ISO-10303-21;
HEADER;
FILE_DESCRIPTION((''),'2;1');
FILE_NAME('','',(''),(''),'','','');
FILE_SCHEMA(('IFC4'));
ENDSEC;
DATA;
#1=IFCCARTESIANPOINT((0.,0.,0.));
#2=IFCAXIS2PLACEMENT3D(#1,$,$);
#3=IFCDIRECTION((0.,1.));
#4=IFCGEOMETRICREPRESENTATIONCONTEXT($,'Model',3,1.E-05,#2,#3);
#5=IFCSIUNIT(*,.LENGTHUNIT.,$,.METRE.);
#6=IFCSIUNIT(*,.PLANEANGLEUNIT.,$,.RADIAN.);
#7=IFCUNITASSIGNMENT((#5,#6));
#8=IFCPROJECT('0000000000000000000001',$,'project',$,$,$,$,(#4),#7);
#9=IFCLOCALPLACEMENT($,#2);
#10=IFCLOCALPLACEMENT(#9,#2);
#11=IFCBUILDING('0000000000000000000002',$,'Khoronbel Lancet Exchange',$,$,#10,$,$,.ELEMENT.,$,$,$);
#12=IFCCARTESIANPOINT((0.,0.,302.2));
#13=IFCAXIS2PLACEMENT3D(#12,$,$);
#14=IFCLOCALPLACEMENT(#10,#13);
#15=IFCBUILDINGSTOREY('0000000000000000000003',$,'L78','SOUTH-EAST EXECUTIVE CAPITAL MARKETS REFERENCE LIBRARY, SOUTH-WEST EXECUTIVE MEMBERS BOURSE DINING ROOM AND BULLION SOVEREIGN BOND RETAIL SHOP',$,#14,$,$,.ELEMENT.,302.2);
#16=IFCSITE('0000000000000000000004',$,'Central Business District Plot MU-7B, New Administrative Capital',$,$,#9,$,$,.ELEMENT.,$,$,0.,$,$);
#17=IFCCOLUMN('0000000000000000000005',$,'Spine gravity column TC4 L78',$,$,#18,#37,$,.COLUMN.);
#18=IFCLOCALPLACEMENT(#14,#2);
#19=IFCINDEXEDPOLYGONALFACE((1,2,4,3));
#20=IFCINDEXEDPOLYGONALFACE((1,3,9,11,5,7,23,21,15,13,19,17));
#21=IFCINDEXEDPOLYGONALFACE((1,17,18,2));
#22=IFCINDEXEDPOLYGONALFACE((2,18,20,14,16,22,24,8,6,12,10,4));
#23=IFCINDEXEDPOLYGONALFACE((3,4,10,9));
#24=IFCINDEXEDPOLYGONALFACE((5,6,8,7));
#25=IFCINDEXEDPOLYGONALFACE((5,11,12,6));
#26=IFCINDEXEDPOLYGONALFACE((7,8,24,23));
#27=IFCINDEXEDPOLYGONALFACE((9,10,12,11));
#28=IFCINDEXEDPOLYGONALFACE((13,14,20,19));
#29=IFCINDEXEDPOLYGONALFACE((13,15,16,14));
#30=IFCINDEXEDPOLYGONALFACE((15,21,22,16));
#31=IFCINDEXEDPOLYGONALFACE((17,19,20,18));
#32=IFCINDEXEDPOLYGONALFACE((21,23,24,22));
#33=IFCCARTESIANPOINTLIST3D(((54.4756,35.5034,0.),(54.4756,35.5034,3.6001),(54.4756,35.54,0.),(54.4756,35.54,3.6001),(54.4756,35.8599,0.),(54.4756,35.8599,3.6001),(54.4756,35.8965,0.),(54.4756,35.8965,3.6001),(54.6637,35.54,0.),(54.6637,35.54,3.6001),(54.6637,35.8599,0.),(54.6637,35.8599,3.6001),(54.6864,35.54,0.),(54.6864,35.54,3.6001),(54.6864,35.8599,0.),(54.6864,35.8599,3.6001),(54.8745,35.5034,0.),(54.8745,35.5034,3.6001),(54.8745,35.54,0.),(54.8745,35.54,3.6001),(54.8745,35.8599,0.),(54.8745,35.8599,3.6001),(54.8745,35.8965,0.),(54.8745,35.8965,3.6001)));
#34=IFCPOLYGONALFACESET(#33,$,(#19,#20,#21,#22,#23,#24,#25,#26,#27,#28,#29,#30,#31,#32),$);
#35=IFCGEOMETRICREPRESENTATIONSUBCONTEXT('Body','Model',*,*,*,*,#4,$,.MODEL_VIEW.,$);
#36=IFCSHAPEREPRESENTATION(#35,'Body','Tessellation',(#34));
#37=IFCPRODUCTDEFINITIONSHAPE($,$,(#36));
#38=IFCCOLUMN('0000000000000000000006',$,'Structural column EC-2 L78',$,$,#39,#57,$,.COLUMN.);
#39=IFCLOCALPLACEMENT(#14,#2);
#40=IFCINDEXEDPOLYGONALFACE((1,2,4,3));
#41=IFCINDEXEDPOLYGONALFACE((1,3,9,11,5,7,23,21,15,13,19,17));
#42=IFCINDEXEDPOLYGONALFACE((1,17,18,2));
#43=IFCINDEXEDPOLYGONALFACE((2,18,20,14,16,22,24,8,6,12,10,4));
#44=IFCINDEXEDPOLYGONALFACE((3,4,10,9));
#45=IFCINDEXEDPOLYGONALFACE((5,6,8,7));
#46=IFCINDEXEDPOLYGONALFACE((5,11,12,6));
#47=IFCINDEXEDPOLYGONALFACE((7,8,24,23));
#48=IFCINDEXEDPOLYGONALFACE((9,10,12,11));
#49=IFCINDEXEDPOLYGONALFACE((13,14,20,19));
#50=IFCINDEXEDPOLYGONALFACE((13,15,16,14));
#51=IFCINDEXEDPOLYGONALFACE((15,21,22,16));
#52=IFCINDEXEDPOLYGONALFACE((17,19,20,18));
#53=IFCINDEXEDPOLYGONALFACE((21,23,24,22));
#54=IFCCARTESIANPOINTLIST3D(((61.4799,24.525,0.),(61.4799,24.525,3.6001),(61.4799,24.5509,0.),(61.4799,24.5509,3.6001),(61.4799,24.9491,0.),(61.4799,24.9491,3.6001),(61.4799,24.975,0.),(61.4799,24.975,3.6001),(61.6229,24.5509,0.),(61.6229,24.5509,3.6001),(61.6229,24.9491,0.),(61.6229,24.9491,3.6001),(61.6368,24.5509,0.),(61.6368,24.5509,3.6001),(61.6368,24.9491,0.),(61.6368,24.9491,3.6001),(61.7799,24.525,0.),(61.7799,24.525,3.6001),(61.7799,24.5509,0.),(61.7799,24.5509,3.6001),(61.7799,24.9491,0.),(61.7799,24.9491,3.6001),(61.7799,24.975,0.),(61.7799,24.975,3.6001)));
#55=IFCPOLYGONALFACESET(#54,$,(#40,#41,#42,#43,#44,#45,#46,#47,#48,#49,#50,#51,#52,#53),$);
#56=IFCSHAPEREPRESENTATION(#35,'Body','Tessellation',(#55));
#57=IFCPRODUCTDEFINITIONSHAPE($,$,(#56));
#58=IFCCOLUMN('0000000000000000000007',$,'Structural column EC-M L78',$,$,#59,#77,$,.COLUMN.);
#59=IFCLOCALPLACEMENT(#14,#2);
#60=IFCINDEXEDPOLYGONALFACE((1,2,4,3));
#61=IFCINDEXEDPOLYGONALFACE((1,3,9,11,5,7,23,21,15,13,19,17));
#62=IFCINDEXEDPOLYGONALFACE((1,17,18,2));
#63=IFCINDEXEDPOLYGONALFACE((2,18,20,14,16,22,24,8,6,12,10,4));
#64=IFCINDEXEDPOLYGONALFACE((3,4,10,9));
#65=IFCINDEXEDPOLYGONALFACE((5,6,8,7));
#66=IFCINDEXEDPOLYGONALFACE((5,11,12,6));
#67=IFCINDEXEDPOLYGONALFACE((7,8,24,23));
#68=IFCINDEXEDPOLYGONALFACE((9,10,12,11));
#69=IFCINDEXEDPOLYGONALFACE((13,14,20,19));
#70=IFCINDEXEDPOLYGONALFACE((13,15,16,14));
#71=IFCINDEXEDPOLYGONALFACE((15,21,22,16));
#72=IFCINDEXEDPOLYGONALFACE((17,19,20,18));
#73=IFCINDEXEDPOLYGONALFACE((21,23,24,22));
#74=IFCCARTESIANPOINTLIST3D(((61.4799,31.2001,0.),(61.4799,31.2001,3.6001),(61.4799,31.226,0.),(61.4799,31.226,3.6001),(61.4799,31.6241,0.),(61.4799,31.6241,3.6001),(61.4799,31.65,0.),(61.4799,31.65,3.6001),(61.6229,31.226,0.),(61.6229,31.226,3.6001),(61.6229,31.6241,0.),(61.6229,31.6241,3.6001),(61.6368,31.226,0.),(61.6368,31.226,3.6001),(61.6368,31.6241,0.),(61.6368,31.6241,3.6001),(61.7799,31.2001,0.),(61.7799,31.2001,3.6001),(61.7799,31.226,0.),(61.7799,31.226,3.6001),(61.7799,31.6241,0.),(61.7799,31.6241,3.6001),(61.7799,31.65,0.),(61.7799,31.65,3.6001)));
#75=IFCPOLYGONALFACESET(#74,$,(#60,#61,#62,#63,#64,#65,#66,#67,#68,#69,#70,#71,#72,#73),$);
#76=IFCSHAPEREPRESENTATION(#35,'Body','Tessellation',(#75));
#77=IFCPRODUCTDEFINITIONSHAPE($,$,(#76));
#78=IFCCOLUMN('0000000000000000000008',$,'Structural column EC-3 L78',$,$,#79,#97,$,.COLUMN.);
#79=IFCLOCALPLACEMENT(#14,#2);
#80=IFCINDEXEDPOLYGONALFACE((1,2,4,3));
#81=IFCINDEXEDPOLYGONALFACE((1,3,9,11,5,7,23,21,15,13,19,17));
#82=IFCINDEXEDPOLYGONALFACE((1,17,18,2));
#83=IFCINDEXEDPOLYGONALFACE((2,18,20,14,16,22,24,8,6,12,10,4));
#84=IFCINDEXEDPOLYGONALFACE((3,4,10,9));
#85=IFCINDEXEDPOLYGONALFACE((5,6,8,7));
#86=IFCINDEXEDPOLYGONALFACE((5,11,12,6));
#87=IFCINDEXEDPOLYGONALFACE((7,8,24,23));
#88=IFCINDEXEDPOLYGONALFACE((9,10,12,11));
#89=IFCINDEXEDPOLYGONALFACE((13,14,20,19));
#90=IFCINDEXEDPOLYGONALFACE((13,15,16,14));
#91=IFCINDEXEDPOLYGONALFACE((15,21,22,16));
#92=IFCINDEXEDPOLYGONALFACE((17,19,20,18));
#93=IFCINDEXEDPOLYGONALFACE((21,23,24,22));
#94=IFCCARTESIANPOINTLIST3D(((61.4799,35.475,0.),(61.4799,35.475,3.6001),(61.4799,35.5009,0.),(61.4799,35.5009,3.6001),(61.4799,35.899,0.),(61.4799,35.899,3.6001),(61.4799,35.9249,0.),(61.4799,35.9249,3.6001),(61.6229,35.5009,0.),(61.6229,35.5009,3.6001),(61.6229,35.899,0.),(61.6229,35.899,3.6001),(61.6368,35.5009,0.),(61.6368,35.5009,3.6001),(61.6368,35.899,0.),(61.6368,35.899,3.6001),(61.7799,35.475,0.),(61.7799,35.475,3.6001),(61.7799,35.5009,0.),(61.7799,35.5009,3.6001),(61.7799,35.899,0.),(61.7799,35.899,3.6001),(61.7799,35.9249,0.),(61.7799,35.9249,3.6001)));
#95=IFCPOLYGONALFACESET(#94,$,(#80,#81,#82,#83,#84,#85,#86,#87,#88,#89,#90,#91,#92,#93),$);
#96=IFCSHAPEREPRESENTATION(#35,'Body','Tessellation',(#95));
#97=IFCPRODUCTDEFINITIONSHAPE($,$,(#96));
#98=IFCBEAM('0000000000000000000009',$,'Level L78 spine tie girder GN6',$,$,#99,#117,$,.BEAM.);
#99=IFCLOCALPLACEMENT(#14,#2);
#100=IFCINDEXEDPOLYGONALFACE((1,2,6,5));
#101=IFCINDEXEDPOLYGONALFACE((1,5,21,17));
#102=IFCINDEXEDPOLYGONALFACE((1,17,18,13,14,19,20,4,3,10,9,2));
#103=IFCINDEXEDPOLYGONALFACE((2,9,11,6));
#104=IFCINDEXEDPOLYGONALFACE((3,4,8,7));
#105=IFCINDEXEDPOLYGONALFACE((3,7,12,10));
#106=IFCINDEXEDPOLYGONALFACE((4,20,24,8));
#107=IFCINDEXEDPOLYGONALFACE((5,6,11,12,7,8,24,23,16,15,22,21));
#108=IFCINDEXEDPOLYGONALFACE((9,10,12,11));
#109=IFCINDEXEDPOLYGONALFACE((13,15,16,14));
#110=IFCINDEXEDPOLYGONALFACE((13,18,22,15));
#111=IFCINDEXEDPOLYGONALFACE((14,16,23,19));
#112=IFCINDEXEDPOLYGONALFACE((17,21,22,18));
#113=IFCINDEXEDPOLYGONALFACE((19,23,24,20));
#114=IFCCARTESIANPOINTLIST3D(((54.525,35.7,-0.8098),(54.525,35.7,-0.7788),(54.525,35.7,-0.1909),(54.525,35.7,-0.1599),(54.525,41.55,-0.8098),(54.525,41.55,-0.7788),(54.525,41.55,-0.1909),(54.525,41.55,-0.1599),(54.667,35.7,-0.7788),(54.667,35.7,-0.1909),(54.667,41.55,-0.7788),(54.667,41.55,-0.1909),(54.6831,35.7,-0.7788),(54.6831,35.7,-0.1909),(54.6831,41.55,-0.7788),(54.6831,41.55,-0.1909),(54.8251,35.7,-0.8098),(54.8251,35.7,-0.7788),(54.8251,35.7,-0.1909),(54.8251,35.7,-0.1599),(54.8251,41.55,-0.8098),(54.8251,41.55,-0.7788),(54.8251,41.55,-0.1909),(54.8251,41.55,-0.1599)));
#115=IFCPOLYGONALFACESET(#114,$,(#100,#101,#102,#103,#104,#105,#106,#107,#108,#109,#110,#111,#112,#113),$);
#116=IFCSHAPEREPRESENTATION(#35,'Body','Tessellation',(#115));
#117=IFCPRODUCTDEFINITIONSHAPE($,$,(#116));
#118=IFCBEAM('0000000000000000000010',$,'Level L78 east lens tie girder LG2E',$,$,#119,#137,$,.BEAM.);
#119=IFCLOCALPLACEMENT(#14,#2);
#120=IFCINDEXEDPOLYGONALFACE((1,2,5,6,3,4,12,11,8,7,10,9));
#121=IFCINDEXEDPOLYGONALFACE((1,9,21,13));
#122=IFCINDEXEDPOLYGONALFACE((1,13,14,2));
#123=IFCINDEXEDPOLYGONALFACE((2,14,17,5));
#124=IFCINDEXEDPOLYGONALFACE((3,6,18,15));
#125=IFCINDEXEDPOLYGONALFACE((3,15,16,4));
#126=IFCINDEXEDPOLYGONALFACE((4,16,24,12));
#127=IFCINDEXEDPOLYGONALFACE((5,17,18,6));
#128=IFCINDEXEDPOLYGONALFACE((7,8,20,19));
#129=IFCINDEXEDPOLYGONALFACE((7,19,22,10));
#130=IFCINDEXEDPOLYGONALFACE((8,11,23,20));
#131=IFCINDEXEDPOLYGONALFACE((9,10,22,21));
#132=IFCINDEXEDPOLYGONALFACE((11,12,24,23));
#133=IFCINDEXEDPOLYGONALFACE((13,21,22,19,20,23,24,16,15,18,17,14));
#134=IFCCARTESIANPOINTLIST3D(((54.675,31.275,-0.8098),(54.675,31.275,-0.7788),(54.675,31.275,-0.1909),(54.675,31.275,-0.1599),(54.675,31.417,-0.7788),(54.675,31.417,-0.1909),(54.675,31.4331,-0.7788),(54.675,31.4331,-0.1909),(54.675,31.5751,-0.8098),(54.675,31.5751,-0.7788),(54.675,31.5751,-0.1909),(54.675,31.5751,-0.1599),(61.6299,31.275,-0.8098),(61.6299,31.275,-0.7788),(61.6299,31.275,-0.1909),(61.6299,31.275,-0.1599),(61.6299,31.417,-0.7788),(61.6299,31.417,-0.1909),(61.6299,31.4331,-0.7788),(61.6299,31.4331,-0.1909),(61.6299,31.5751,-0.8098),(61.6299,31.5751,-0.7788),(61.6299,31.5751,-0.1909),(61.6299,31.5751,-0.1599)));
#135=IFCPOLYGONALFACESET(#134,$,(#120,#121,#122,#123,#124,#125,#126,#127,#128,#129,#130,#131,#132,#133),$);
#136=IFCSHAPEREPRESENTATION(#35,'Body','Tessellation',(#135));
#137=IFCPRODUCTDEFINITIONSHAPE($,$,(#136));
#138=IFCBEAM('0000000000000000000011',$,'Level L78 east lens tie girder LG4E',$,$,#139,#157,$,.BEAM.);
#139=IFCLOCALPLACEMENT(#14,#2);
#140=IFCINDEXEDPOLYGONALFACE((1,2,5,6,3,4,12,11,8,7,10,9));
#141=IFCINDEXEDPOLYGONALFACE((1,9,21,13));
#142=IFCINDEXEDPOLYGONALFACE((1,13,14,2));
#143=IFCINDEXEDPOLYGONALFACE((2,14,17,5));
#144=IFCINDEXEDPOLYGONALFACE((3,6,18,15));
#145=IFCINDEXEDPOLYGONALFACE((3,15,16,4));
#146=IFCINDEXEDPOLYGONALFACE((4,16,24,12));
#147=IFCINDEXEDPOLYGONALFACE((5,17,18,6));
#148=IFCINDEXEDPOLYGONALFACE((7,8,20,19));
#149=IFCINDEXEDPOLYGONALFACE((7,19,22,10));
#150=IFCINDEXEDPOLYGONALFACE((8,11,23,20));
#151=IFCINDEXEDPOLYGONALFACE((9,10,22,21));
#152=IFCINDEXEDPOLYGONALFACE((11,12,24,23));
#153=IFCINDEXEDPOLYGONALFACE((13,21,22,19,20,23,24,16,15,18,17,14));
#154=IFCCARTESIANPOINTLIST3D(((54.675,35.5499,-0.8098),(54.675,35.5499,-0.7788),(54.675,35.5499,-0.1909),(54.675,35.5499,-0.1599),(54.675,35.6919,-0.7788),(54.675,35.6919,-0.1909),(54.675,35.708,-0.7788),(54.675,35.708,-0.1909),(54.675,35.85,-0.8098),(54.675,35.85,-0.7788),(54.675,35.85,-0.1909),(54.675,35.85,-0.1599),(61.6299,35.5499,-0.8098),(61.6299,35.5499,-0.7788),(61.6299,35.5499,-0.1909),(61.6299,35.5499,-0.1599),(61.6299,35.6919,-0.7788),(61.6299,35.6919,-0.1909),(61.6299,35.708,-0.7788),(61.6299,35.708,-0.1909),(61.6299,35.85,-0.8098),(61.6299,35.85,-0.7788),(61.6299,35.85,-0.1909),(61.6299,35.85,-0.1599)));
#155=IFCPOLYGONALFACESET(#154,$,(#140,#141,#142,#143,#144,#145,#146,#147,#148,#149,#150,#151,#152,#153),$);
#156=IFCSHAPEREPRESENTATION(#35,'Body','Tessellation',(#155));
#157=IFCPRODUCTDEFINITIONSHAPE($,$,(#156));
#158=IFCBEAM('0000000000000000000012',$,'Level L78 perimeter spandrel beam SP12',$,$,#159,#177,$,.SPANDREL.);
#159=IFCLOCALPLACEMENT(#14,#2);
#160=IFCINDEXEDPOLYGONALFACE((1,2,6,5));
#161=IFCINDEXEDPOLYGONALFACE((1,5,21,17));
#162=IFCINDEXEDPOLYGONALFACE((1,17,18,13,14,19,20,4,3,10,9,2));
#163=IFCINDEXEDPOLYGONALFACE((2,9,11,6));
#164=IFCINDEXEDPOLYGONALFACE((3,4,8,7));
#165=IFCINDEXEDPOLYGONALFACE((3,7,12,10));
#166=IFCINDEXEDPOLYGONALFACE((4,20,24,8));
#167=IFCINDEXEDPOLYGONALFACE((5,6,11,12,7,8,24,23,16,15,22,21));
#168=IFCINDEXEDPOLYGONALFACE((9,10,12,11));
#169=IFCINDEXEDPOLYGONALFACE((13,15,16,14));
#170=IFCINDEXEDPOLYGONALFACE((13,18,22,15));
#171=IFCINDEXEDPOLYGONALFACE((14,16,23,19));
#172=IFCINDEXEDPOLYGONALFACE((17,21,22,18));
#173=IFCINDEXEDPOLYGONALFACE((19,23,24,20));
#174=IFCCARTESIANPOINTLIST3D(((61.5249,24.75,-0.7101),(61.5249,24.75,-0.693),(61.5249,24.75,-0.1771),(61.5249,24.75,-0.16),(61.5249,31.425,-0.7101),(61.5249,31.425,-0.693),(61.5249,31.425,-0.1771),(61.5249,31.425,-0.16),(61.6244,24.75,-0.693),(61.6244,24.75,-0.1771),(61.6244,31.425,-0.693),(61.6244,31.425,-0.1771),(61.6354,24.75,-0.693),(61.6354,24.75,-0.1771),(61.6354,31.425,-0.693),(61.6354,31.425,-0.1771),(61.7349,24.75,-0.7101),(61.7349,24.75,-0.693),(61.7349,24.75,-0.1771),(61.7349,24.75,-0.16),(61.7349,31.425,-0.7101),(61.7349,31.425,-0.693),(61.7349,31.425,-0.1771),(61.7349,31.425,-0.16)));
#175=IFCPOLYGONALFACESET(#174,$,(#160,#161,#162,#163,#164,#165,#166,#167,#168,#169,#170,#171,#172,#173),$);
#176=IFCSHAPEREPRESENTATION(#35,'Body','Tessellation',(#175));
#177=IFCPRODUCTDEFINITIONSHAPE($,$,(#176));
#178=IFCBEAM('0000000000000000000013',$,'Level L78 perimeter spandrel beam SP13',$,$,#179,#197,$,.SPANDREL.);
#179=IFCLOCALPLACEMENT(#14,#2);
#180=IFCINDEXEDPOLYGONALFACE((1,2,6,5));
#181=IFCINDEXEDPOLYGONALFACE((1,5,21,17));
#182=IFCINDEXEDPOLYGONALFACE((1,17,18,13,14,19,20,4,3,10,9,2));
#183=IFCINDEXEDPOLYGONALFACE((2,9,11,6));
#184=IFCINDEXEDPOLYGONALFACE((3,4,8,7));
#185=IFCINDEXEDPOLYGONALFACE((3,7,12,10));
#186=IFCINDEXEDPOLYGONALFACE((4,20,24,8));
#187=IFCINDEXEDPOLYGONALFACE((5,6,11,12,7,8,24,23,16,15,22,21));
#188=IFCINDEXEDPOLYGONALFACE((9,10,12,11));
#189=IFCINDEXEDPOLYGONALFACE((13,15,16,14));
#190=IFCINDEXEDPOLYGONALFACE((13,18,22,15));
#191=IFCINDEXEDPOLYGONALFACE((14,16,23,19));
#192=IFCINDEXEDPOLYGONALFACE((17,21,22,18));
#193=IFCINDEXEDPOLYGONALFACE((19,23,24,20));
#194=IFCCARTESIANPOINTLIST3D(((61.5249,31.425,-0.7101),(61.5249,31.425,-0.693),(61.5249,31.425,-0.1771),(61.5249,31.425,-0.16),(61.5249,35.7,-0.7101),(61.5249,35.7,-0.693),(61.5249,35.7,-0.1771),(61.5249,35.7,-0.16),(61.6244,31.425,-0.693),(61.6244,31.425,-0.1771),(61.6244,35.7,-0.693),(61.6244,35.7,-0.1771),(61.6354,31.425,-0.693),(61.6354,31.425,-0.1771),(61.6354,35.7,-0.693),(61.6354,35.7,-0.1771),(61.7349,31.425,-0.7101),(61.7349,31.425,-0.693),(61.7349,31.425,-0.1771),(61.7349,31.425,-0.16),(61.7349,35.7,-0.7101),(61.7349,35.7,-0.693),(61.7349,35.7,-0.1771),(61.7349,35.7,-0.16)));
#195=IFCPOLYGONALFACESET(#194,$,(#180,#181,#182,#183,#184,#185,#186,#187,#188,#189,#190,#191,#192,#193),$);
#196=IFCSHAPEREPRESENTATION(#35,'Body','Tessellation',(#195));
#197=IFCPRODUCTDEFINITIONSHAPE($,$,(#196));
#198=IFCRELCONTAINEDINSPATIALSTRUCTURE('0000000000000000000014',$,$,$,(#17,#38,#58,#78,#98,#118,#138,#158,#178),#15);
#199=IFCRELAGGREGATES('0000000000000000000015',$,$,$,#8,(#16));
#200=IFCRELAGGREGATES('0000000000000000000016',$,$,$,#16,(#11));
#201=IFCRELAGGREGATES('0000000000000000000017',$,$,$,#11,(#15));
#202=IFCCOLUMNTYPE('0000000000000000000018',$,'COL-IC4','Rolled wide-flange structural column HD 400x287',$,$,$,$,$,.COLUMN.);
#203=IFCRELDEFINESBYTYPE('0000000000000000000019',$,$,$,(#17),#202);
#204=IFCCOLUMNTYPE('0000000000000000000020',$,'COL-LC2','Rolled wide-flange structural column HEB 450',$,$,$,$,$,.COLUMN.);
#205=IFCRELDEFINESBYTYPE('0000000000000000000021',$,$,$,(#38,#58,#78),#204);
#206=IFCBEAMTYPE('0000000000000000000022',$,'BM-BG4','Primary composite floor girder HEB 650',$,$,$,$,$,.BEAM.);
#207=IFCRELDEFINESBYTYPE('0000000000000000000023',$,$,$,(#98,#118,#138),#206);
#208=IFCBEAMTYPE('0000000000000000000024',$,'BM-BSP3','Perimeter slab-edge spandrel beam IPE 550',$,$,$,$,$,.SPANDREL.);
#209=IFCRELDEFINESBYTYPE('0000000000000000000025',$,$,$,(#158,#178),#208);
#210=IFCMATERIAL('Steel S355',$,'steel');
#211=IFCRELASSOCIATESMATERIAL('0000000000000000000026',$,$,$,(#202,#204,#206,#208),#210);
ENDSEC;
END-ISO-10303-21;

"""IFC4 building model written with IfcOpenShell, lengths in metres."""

from ifc_helpers import new_model, si_unit, direction, frame, origin, origin_2d, place, context, subcontext, project, spatial, i_section, extrude, material, material_profile, profile_set, type_object, element, save


model = new_model("IFC4")

# Units and contexts
model_context = context("Model", 3, precision=1e-05, world=origin(), true_north=direction((0.0, 1.0)))
body_context = subcontext(model_context, "Body", "Model", "MODEL_VIEW")
ifc_project = project(units=[si_unit("LENGTHUNIT", "METRE"), si_unit("PLANEANGLEUNIT", "RADIAN")], contexts=[model_context])

# Site, building, storey
site_placement = place(None, origin())
site = spatial("IfcSite", under=ifc_project, at=site_placement, Name="Central Business District Plot MU-7B, New Administrative Capital", CompositionType="ELEMENT", RefElevation=0.0)
building_placement = place(site_placement, origin())
building = spatial("IfcBuilding", under=site, at=building_placement, Name="Khoronbel Lancet Exchange", CompositionType="ELEMENT")
storey_placement = place(building_placement, frame((0.0, 0.0, 302.2)))
storey = spatial("IfcBuildingStorey", under=building, at=storey_placement, Name="L78", Description="SOUTH-EAST EXECUTIVE CAPITAL MARKETS REFERENCE LIBRARY, SOUTH-WEST EXECUTIVE MEMBERS BOURSE DINING ROOM AND BULLION SOVEREIGN BOND RETAIL SHOP", CompositionType="ELEMENT", Elevation=302.2)

# Columns
ifc_material_1 = material(Name="Steel S355", Category="steel")
ifc_material_profile_1 = material_profile(ifc_material_1, i_section(OverallWidth=0.3989, OverallDepth=0.3931, WebThickness=0.0227, FlangeThickness=0.0366, at=origin_2d()), Name="HD 400x287")
ifc_profile_set_1 = profile_set([ifc_material_profile_1], Name="Steel S355")
column_type_1 = type_object("IfcColumnType", Name="COL-IC4", Description="Rolled wide-flange structural column HD 400x287", PredefinedType="COLUMN", material=ifc_profile_set_1)
column_placement = place(storey_placement, frame((54.675, 35.7, 0.0), z_axis=(0.0, 0.0, 1.0), x_axis=(1.0, 0.0, 0.0)))
element("IfcColumn", 1, at=column_placement, inside=storey, type_object=column_type_1, Name="Spine gravity column TC4 L78", PredefinedType="COLUMN", context=body_context, shape_type="SweptSolid", body=[
    extrude(i_section(OverallWidth=0.3989, OverallDepth=0.3931, WebThickness=0.0227, FlangeThickness=0.0366, at=origin_2d()), origin(), (0.0, 0.0, 1.0), 3.6001),
])
ifc_material_profile_2 = material_profile(ifc_material_1, i_section(OverallWidth=0.3, OverallDepth=0.45, WebThickness=0.0139, FlangeThickness=0.0259, at=origin_2d()), Name="HEB 450")
ifc_profile_set_2 = profile_set([ifc_material_profile_2], Name="Steel S355")
column_type_2 = type_object("IfcColumnType", Name="COL-LC2", Description="Rolled wide-flange structural column HEB 450", PredefinedType="COLUMN", material=ifc_profile_set_2)
for number, where, z_axis, x_axis, name in (
    (2, (61.6299, 24.75, 0.0), (0.0, 0.0, 1.0), (1.0, 0.0, 0.0), "Structural column EC-2 L78"),
    (3, (61.6299, 31.425, 0.0), (0.0, 0.0, 1.0), (1.0, 0.0, 0.0), "Structural column EC-M L78"),
    (4, (61.6299, 35.7, 0.0), (0.0, 0.0, 1.0), (1.0, 0.0, 0.0), "Structural column EC-3 L78"),
):
    element("IfcColumn", number, at=place(storey_placement, frame(where, z_axis=z_axis, x_axis=x_axis)), inside=storey, type_object=column_type_2, Name=name, PredefinedType="COLUMN", context=body_context, shape_type="SweptSolid", body=[
        extrude(i_section(OverallWidth=0.3, OverallDepth=0.45, WebThickness=0.0139, FlangeThickness=0.0259, at=origin_2d()), origin(), (0.0, 0.0, 1.0), 3.6001),
    ])

# Beams
ifc_material_profile_3 = material_profile(ifc_material_1, i_section(OverallWidth=0.3, OverallDepth=0.6499, WebThickness=0.0161, FlangeThickness=0.031, at=origin_2d()), Name="HEB 650")
ifc_profile_set_3 = profile_set([ifc_material_profile_3], Name="Steel S355")
beam_type_1 = type_object("IfcBeamType", Name="BM-BG4", Description="Primary composite floor girder HEB 650", PredefinedType="BEAM", material=ifc_profile_set_3)
beam_1_placement = place(storey_placement, frame((54.675, 35.7, -0.4849), z_axis=(0.0, 1.0, 0.0), x_axis=(-1.0, 0.0, 0.0)))
element("IfcBeam", 5, at=beam_1_placement, inside=storey, type_object=beam_type_1, Name="Level L78 spine tie girder GN6", PredefinedType="BEAM", context=body_context, shape_type="SweptSolid", body=[
    extrude(i_section(OverallWidth=0.3, OverallDepth=0.6499, WebThickness=0.0161, FlangeThickness=0.031, at=origin_2d()), origin(), (0.0, 0.0, 1.0), 5.8501),
])
for number, where, z_axis, x_axis, name in (
    (6, (54.675, 31.425, -0.4849), (1.0, 0.0, 0.0), (0.0, 1.0, 0.0), "Level L78 east lens tie girder LG2E"),
    (7, (54.675, 35.7, -0.4849), (1.0, 0.0, 0.0), (0.0, 1.0, 0.0), "Level L78 east lens tie girder LG4E"),
):
    element("IfcBeam", number, at=place(storey_placement, frame(where, z_axis=z_axis, x_axis=x_axis)), inside=storey, type_object=beam_type_1, Name=name, PredefinedType="BEAM", context=body_context, shape_type="SweptSolid", body=[
        extrude(i_section(OverallWidth=0.3, OverallDepth=0.6499, WebThickness=0.0161, FlangeThickness=0.031, at=origin_2d()), origin(), (0.0, 0.0, 1.0), 6.9548),
    ])
ifc_material_profile_4 = material_profile(ifc_material_1, i_section(OverallWidth=0.21, OverallDepth=0.55, WebThickness=0.011, FlangeThickness=0.0171, at=origin_2d()), Name="IPE 550")
ifc_profile_set_4 = profile_set([ifc_material_profile_4], Name="Steel S355")
beam_type_2 = type_object("IfcBeamType", Name="BM-BSP3", Description="Perimeter slab-edge spandrel beam IPE 550", PredefinedType="SPANDREL", material=ifc_profile_set_4)
beam_2_placement = place(storey_placement, frame((61.6299, 24.75, -0.4351), z_axis=(0.0, 1.0, 0.0), x_axis=(-1.0, 0.0, 0.0)))
element("IfcBeam", 8, at=beam_2_placement, inside=storey, type_object=beam_type_2, Name="Level L78 perimeter spandrel beam SP12", PredefinedType="SPANDREL", context=body_context, shape_type="SweptSolid", body=[
    extrude(i_section(OverallWidth=0.21, OverallDepth=0.55, WebThickness=0.011, FlangeThickness=0.0171, at=origin_2d()), origin(), (0.0, 0.0, 1.0), 6.675),
])
beam_3_placement = place(storey_placement, frame((61.6299, 31.425, -0.4351), z_axis=(0.0, 1.0, 0.0), x_axis=(-1.0, 0.0, 0.0)))
element("IfcBeam", 9, at=beam_3_placement, inside=storey, type_object=beam_type_2, Name="Level L78 perimeter spandrel beam SP13", PredefinedType="SPANDREL", context=body_context, shape_type="SweptSolid", body=[
    extrude(i_section(OverallWidth=0.21, OverallDepth=0.55, WebThickness=0.011, FlangeThickness=0.0171, at=origin_2d()), origin(), (0.0, 0.0, 1.0), 4.2749),
])

save(model, "model.ifc")
